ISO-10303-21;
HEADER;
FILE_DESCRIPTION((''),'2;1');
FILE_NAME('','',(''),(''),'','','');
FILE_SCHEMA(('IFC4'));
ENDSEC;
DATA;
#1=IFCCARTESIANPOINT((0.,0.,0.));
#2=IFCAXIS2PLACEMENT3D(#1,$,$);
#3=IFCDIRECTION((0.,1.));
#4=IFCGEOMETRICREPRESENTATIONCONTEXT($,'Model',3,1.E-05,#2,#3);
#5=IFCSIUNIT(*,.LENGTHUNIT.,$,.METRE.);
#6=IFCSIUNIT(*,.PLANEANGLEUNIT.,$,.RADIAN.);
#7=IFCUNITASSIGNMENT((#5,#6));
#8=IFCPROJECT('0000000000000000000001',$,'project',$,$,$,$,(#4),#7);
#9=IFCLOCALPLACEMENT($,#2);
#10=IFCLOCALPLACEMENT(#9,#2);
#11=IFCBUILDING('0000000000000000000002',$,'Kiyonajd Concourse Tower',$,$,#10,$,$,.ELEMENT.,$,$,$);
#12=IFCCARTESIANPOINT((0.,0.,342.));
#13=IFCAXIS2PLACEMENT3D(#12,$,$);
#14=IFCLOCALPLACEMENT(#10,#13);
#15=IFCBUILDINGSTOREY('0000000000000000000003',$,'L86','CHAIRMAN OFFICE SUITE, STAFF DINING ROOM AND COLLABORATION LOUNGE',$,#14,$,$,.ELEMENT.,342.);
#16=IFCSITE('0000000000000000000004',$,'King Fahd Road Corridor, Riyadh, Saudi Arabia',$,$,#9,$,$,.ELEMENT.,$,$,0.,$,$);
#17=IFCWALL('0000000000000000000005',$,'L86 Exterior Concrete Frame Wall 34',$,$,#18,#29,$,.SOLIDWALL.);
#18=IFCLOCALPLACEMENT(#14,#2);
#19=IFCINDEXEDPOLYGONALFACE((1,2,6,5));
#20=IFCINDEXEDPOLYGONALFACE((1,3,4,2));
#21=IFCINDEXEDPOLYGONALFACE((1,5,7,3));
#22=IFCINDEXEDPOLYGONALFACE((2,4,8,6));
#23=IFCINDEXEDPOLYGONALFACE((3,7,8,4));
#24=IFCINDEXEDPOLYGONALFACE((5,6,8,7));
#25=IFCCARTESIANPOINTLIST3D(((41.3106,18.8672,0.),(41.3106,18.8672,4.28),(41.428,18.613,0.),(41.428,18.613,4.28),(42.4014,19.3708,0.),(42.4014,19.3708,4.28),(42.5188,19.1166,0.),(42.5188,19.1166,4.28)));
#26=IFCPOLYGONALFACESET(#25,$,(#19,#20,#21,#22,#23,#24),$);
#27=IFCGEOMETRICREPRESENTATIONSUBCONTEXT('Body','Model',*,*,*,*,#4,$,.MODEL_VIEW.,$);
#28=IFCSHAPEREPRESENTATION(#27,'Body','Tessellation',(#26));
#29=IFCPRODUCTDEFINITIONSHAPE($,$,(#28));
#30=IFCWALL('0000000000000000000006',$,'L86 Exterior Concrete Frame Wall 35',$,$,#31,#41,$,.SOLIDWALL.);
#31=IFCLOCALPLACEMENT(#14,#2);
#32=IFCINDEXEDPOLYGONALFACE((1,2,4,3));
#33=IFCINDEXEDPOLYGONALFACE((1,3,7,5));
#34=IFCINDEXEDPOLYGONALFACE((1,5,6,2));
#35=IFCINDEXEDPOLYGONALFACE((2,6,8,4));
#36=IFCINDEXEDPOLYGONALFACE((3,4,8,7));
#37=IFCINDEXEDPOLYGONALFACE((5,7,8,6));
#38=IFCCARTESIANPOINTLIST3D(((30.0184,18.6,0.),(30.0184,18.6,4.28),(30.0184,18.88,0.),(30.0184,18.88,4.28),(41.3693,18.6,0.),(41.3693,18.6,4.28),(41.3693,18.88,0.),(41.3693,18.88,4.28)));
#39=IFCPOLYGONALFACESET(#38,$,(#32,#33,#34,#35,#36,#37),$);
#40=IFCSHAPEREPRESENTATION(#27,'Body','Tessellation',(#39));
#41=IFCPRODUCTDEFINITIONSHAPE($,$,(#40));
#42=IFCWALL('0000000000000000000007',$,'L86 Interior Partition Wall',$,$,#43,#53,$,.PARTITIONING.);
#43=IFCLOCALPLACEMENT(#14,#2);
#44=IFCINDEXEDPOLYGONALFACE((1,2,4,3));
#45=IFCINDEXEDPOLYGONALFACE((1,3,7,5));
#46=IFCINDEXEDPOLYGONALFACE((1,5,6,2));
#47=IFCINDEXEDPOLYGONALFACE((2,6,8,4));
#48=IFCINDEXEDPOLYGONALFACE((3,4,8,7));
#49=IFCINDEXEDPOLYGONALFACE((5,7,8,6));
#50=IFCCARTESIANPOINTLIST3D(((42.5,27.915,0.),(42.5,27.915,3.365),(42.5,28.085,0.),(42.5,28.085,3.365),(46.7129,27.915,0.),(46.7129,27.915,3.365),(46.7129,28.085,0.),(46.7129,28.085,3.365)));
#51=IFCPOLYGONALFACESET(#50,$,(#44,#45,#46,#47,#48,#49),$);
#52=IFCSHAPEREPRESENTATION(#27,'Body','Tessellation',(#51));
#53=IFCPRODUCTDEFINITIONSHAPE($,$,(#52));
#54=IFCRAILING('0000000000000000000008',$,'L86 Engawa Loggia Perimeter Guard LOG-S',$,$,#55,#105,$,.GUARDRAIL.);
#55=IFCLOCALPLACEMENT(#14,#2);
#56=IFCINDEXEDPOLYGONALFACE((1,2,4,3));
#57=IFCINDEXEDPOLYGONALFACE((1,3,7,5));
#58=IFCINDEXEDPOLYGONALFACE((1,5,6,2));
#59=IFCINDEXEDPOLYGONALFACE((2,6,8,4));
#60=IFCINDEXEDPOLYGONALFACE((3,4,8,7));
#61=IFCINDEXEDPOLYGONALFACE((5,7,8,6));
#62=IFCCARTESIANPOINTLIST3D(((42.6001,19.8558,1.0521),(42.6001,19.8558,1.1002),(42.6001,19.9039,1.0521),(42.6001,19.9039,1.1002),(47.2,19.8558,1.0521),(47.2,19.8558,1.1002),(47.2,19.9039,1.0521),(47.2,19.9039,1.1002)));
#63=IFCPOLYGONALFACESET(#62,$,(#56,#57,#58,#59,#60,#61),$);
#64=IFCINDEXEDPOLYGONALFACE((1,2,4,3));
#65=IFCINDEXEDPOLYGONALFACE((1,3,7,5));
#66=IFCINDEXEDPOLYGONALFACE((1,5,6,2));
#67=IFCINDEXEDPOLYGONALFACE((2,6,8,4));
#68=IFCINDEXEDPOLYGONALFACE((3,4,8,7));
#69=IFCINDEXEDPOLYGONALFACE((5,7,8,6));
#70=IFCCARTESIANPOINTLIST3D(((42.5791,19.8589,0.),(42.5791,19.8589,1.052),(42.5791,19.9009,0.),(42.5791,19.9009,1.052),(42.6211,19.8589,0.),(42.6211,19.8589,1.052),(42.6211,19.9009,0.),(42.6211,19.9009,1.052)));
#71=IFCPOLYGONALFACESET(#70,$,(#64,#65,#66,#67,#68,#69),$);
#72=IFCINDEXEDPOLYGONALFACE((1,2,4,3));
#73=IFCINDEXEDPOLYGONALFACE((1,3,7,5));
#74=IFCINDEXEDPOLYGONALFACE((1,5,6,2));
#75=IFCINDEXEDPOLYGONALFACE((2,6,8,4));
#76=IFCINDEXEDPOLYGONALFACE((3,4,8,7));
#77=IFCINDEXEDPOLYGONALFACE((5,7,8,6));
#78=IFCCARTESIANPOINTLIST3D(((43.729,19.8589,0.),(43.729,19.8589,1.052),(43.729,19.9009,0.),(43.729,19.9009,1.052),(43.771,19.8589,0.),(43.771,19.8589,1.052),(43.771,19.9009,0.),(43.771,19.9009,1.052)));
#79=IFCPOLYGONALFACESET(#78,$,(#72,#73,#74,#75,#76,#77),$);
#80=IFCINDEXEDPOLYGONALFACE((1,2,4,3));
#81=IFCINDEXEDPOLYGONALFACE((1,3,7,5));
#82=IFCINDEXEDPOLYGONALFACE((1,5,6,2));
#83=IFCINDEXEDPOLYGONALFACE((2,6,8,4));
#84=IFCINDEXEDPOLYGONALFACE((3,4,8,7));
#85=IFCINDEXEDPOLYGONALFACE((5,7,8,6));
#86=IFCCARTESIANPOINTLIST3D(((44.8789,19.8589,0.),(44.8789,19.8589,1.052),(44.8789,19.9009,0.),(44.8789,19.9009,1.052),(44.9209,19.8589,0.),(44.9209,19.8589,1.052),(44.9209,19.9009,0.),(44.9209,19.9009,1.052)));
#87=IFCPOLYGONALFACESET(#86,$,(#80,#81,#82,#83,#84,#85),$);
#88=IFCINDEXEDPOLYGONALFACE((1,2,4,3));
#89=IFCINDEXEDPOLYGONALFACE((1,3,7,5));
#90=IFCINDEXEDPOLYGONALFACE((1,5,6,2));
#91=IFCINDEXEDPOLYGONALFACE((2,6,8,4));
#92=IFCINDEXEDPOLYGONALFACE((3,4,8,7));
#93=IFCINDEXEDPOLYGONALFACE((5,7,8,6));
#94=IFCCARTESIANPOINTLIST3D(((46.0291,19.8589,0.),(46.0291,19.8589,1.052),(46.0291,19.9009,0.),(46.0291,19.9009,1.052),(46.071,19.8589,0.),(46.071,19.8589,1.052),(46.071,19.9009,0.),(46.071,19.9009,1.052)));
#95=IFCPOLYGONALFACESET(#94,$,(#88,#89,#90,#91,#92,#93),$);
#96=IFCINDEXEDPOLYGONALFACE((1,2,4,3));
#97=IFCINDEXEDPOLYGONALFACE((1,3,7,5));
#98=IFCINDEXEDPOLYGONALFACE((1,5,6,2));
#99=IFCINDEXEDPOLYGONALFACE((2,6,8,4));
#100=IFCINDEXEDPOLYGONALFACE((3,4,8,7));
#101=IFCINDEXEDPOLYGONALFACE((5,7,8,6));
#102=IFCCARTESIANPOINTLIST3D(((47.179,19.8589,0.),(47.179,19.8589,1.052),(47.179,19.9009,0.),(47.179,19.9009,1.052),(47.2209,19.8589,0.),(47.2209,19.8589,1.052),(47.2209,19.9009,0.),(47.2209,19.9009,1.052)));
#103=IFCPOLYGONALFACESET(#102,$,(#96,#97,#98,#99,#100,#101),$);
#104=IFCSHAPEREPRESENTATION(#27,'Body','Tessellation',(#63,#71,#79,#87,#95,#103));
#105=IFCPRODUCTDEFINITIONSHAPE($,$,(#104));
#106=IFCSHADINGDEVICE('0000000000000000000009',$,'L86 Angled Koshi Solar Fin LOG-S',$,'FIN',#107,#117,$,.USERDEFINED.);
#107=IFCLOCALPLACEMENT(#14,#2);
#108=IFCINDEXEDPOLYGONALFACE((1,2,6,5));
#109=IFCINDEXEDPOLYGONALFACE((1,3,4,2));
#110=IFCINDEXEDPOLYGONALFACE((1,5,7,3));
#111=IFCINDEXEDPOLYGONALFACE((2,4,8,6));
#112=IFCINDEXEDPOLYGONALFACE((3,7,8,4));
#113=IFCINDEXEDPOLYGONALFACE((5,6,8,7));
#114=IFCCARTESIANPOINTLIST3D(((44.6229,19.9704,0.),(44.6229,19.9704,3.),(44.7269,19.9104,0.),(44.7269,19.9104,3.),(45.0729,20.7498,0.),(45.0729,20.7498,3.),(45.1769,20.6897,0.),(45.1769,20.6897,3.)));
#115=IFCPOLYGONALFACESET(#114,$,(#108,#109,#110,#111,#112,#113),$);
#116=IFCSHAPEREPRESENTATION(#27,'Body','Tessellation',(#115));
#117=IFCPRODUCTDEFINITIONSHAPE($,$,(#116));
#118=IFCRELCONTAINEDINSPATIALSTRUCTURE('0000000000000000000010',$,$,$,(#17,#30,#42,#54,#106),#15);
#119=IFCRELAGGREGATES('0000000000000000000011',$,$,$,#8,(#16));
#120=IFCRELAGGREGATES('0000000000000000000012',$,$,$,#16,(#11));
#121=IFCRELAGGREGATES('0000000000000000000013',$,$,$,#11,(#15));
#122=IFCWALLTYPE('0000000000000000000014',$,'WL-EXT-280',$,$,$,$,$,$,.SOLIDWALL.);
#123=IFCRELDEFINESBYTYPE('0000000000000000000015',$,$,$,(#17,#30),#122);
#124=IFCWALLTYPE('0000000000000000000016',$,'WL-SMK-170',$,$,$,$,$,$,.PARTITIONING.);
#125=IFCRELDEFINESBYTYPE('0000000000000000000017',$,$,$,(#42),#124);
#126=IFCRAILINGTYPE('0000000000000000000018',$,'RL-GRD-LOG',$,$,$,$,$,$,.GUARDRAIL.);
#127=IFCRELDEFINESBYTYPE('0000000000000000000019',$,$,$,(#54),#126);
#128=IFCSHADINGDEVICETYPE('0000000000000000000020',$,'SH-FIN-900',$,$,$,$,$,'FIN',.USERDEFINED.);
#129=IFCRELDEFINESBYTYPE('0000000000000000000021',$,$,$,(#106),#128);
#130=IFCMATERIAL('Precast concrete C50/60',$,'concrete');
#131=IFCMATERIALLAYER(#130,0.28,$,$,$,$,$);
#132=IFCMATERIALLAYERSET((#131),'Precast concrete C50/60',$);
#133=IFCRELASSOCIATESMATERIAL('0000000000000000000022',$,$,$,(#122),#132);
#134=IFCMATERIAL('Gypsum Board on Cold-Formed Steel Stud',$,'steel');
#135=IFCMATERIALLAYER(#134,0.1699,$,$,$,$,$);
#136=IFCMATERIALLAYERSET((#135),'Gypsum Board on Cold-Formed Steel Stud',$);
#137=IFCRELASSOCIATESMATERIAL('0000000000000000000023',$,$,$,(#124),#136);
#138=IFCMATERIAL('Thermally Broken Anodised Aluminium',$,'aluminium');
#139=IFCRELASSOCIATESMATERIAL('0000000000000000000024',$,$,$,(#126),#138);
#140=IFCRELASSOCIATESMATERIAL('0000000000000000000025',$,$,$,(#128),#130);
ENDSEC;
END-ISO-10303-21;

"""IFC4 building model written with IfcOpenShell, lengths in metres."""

from ifc_helpers import new_model, si_unit, direction, frame, frame_2d, origin, origin_2d, place, context, subcontext, project, spatial, rectangle, extrude, material, layer, layer_set, type_object, element, save


model = new_model("IFC4")

# Units and contexts
model_context = context("Model", 3, precision=1e-05, world=origin(), true_north=direction((0.0, 1.0)))
body_context = subcontext(model_context, "Body", "Model", "MODEL_VIEW")
ifc_project = project(units=[si_unit("LENGTHUNIT", "METRE"), si_unit("PLANEANGLEUNIT", "RADIAN")], contexts=[model_context])

# Site, building, storey
site_placement = place(None, origin())
site = spatial("IfcSite", under=ifc_project, at=site_placement, Name="King Fahd Road Corridor, Riyadh, Saudi Arabia", CompositionType="ELEMENT", RefElevation=0.0)
building_placement = place(site_placement, origin())
building = spatial("IfcBuilding", under=site, at=building_placement, Name="Kiyonajd Concourse Tower", CompositionType="ELEMENT")
storey_placement = place(building_placement, frame((0.0, 0.0, 342.0)))
storey = spatial("IfcBuildingStorey", under=building, at=storey_placement, Name="L86", Description="CHAIRMAN OFFICE SUITE, STAFF DINING ROOM AND COLLABORATION LOUNGE", CompositionType="ELEMENT", Elevation=342.0)

# Shared definitions
ifc_material_1 = material(Name="Thermally Broken Anodised Aluminium", Category="aluminium")

# Walls
ifc_material_2 = material(Name="Precast concrete C50/60", Category="concrete")
ifc_layer_1 = layer(ifc_material_2, 0.28)
ifc_layer_set_1 = layer_set([ifc_layer_1], Name="Precast concrete C50/60")
wall_type_1 = type_object("IfcWallType", Name="WL-EXT-280", PredefinedType="SOLIDWALL", material=ifc_layer_set_1)
wall_1_placement = place(storey_placement, frame((42.46, 19.2437, 0.0), z_axis=(0.0, 0.0, 1.0), x_axis=(-0.907894, -0.4192, 0.0)))
element("IfcWall", 1, at=wall_1_placement, inside=storey, type_object=wall_type_1, Name="L86 Exterior Concrete Frame Wall 34", PredefinedType="SOLIDWALL", context=body_context, shape_type="SweptSolid", body=[
    extrude(rectangle(XDim=1.2014, YDim=0.28, at=frame_2d((0.6006, 0.0))), origin(), (0.0, 0.0, 1.0), 4.28),
])
wall_2_placement = place(storey_placement, frame((41.3691, 18.74, 0.0), z_axis=(0.0, 0.0, 1.0), x_axis=(-1.0, 0.0, 0.0)))
element("IfcWall", 2, at=wall_2_placement, inside=storey, type_object=wall_type_1, Name="L86 Exterior Concrete Frame Wall 35", PredefinedType="SOLIDWALL", context=body_context, shape_type="SweptSolid", body=[
    extrude(rectangle(XDim=11.3508, YDim=0.28, at=frame_2d((5.6753, 0.0))), origin(), (0.0, 0.0, 1.0), 4.28),
])
ifc_material_3 = material(Name="Gypsum Board on Cold-Formed Steel Stud", Category="steel")
ifc_layer_2 = layer(ifc_material_3, 0.1699)
ifc_layer_set_2 = layer_set([ifc_layer_2], Name="Gypsum Board on Cold-Formed Steel Stud")
wall_type_2 = type_object("IfcWallType", Name="WL-SMK-170", PredefinedType="PARTITIONING", material=ifc_layer_set_2)
wall_3_placement = place(storey_placement, frame((42.5, 28.0, 0.0), z_axis=(0.0, 0.0, 1.0), x_axis=(1.0, 0.0, 0.0)))
element("IfcWall", 3, at=wall_3_placement, inside=storey, type_object=wall_type_2, Name="L86 Interior Partition Wall", PredefinedType="PARTITIONING", context=body_context, shape_type="SweptSolid", body=[
    extrude(rectangle(XDim=4.2129, YDim=0.1699, at=frame_2d((2.1064, 0.0))), origin(), (0.0, 0.0, 1.0), 3.365),
])

# Railing
railing_type = type_object("IfcRailingType", Name="RL-GRD-LOG", PredefinedType="GUARDRAIL", material=ifc_material_1)
railing_placement = place(storey_placement, frame((42.6001, 19.8799, 0.0)))
element("IfcRailing", 4, at=railing_placement, inside=storey, type_object=railing_type, Name="L86 Engawa Loggia Perimeter Guard LOG-S", PredefinedType="GUARDRAIL", context=body_context, shape_type="SweptSolid", body=[
    extrude(rectangle(XDim=0.0481, YDim=0.0481, at=origin_2d()), frame((0.0, 0.0, 1.0762), z_axis=(1.0, 0.0, 0.0), x_axis=(0.0, 1.0, 0.0)), (0.0, 0.0, 1.0), 4.5999),
    extrude(rectangle(XDim=0.042, YDim=0.042, at=origin_2d()), origin(), (0.0, 0.0, 1.0), 1.052),
    extrude(rectangle(XDim=0.042, YDim=0.042, at=origin_2d()), frame((1.1499, 0.0, 0.0)), (0.0, 0.0, 1.0), 1.052),
    extrude(rectangle(XDim=0.042, YDim=0.042, at=origin_2d()), frame((2.2998, 0.0, 0.0)), (0.0, 0.0, 1.0), 1.052),
    extrude(rectangle(XDim=0.042, YDim=0.042, at=origin_2d()), frame((3.45, 0.0, 0.0)), (0.0, 0.0, 1.0), 1.052),
    extrude(rectangle(XDim=0.042, YDim=0.042, at=origin_2d()), frame((4.5999, 0.0, 0.0)), (0.0, 0.0, 1.0), 1.052),
])

# Shading device
shading_device_type = type_object("IfcShadingDeviceType", Name="SH-FIN-900", ElementType="FIN", PredefinedType="USERDEFINED", material=ifc_material_2)
shading_device_placement = place(storey_placement, frame((44.8999, 20.3301, 0.0), z_axis=(0.0, 0.0, 1.0), x_axis=(0.5, 0.866025, 0.0)))
element("IfcShadingDevice", 5, at=shading_device_placement, inside=storey, type_object=shading_device_type, Name="L86 Angled Koshi Solar Fin LOG-S", ObjectType="FIN", PredefinedType="USERDEFINED", context=body_context, shape_type="SweptSolid", body=[
    extrude(rectangle(XDim=0.8999, YDim=0.1201, at=origin_2d()), origin(), (0.0, 0.0, 1.0), 3.0),
])

save(model, "model.ifc")
